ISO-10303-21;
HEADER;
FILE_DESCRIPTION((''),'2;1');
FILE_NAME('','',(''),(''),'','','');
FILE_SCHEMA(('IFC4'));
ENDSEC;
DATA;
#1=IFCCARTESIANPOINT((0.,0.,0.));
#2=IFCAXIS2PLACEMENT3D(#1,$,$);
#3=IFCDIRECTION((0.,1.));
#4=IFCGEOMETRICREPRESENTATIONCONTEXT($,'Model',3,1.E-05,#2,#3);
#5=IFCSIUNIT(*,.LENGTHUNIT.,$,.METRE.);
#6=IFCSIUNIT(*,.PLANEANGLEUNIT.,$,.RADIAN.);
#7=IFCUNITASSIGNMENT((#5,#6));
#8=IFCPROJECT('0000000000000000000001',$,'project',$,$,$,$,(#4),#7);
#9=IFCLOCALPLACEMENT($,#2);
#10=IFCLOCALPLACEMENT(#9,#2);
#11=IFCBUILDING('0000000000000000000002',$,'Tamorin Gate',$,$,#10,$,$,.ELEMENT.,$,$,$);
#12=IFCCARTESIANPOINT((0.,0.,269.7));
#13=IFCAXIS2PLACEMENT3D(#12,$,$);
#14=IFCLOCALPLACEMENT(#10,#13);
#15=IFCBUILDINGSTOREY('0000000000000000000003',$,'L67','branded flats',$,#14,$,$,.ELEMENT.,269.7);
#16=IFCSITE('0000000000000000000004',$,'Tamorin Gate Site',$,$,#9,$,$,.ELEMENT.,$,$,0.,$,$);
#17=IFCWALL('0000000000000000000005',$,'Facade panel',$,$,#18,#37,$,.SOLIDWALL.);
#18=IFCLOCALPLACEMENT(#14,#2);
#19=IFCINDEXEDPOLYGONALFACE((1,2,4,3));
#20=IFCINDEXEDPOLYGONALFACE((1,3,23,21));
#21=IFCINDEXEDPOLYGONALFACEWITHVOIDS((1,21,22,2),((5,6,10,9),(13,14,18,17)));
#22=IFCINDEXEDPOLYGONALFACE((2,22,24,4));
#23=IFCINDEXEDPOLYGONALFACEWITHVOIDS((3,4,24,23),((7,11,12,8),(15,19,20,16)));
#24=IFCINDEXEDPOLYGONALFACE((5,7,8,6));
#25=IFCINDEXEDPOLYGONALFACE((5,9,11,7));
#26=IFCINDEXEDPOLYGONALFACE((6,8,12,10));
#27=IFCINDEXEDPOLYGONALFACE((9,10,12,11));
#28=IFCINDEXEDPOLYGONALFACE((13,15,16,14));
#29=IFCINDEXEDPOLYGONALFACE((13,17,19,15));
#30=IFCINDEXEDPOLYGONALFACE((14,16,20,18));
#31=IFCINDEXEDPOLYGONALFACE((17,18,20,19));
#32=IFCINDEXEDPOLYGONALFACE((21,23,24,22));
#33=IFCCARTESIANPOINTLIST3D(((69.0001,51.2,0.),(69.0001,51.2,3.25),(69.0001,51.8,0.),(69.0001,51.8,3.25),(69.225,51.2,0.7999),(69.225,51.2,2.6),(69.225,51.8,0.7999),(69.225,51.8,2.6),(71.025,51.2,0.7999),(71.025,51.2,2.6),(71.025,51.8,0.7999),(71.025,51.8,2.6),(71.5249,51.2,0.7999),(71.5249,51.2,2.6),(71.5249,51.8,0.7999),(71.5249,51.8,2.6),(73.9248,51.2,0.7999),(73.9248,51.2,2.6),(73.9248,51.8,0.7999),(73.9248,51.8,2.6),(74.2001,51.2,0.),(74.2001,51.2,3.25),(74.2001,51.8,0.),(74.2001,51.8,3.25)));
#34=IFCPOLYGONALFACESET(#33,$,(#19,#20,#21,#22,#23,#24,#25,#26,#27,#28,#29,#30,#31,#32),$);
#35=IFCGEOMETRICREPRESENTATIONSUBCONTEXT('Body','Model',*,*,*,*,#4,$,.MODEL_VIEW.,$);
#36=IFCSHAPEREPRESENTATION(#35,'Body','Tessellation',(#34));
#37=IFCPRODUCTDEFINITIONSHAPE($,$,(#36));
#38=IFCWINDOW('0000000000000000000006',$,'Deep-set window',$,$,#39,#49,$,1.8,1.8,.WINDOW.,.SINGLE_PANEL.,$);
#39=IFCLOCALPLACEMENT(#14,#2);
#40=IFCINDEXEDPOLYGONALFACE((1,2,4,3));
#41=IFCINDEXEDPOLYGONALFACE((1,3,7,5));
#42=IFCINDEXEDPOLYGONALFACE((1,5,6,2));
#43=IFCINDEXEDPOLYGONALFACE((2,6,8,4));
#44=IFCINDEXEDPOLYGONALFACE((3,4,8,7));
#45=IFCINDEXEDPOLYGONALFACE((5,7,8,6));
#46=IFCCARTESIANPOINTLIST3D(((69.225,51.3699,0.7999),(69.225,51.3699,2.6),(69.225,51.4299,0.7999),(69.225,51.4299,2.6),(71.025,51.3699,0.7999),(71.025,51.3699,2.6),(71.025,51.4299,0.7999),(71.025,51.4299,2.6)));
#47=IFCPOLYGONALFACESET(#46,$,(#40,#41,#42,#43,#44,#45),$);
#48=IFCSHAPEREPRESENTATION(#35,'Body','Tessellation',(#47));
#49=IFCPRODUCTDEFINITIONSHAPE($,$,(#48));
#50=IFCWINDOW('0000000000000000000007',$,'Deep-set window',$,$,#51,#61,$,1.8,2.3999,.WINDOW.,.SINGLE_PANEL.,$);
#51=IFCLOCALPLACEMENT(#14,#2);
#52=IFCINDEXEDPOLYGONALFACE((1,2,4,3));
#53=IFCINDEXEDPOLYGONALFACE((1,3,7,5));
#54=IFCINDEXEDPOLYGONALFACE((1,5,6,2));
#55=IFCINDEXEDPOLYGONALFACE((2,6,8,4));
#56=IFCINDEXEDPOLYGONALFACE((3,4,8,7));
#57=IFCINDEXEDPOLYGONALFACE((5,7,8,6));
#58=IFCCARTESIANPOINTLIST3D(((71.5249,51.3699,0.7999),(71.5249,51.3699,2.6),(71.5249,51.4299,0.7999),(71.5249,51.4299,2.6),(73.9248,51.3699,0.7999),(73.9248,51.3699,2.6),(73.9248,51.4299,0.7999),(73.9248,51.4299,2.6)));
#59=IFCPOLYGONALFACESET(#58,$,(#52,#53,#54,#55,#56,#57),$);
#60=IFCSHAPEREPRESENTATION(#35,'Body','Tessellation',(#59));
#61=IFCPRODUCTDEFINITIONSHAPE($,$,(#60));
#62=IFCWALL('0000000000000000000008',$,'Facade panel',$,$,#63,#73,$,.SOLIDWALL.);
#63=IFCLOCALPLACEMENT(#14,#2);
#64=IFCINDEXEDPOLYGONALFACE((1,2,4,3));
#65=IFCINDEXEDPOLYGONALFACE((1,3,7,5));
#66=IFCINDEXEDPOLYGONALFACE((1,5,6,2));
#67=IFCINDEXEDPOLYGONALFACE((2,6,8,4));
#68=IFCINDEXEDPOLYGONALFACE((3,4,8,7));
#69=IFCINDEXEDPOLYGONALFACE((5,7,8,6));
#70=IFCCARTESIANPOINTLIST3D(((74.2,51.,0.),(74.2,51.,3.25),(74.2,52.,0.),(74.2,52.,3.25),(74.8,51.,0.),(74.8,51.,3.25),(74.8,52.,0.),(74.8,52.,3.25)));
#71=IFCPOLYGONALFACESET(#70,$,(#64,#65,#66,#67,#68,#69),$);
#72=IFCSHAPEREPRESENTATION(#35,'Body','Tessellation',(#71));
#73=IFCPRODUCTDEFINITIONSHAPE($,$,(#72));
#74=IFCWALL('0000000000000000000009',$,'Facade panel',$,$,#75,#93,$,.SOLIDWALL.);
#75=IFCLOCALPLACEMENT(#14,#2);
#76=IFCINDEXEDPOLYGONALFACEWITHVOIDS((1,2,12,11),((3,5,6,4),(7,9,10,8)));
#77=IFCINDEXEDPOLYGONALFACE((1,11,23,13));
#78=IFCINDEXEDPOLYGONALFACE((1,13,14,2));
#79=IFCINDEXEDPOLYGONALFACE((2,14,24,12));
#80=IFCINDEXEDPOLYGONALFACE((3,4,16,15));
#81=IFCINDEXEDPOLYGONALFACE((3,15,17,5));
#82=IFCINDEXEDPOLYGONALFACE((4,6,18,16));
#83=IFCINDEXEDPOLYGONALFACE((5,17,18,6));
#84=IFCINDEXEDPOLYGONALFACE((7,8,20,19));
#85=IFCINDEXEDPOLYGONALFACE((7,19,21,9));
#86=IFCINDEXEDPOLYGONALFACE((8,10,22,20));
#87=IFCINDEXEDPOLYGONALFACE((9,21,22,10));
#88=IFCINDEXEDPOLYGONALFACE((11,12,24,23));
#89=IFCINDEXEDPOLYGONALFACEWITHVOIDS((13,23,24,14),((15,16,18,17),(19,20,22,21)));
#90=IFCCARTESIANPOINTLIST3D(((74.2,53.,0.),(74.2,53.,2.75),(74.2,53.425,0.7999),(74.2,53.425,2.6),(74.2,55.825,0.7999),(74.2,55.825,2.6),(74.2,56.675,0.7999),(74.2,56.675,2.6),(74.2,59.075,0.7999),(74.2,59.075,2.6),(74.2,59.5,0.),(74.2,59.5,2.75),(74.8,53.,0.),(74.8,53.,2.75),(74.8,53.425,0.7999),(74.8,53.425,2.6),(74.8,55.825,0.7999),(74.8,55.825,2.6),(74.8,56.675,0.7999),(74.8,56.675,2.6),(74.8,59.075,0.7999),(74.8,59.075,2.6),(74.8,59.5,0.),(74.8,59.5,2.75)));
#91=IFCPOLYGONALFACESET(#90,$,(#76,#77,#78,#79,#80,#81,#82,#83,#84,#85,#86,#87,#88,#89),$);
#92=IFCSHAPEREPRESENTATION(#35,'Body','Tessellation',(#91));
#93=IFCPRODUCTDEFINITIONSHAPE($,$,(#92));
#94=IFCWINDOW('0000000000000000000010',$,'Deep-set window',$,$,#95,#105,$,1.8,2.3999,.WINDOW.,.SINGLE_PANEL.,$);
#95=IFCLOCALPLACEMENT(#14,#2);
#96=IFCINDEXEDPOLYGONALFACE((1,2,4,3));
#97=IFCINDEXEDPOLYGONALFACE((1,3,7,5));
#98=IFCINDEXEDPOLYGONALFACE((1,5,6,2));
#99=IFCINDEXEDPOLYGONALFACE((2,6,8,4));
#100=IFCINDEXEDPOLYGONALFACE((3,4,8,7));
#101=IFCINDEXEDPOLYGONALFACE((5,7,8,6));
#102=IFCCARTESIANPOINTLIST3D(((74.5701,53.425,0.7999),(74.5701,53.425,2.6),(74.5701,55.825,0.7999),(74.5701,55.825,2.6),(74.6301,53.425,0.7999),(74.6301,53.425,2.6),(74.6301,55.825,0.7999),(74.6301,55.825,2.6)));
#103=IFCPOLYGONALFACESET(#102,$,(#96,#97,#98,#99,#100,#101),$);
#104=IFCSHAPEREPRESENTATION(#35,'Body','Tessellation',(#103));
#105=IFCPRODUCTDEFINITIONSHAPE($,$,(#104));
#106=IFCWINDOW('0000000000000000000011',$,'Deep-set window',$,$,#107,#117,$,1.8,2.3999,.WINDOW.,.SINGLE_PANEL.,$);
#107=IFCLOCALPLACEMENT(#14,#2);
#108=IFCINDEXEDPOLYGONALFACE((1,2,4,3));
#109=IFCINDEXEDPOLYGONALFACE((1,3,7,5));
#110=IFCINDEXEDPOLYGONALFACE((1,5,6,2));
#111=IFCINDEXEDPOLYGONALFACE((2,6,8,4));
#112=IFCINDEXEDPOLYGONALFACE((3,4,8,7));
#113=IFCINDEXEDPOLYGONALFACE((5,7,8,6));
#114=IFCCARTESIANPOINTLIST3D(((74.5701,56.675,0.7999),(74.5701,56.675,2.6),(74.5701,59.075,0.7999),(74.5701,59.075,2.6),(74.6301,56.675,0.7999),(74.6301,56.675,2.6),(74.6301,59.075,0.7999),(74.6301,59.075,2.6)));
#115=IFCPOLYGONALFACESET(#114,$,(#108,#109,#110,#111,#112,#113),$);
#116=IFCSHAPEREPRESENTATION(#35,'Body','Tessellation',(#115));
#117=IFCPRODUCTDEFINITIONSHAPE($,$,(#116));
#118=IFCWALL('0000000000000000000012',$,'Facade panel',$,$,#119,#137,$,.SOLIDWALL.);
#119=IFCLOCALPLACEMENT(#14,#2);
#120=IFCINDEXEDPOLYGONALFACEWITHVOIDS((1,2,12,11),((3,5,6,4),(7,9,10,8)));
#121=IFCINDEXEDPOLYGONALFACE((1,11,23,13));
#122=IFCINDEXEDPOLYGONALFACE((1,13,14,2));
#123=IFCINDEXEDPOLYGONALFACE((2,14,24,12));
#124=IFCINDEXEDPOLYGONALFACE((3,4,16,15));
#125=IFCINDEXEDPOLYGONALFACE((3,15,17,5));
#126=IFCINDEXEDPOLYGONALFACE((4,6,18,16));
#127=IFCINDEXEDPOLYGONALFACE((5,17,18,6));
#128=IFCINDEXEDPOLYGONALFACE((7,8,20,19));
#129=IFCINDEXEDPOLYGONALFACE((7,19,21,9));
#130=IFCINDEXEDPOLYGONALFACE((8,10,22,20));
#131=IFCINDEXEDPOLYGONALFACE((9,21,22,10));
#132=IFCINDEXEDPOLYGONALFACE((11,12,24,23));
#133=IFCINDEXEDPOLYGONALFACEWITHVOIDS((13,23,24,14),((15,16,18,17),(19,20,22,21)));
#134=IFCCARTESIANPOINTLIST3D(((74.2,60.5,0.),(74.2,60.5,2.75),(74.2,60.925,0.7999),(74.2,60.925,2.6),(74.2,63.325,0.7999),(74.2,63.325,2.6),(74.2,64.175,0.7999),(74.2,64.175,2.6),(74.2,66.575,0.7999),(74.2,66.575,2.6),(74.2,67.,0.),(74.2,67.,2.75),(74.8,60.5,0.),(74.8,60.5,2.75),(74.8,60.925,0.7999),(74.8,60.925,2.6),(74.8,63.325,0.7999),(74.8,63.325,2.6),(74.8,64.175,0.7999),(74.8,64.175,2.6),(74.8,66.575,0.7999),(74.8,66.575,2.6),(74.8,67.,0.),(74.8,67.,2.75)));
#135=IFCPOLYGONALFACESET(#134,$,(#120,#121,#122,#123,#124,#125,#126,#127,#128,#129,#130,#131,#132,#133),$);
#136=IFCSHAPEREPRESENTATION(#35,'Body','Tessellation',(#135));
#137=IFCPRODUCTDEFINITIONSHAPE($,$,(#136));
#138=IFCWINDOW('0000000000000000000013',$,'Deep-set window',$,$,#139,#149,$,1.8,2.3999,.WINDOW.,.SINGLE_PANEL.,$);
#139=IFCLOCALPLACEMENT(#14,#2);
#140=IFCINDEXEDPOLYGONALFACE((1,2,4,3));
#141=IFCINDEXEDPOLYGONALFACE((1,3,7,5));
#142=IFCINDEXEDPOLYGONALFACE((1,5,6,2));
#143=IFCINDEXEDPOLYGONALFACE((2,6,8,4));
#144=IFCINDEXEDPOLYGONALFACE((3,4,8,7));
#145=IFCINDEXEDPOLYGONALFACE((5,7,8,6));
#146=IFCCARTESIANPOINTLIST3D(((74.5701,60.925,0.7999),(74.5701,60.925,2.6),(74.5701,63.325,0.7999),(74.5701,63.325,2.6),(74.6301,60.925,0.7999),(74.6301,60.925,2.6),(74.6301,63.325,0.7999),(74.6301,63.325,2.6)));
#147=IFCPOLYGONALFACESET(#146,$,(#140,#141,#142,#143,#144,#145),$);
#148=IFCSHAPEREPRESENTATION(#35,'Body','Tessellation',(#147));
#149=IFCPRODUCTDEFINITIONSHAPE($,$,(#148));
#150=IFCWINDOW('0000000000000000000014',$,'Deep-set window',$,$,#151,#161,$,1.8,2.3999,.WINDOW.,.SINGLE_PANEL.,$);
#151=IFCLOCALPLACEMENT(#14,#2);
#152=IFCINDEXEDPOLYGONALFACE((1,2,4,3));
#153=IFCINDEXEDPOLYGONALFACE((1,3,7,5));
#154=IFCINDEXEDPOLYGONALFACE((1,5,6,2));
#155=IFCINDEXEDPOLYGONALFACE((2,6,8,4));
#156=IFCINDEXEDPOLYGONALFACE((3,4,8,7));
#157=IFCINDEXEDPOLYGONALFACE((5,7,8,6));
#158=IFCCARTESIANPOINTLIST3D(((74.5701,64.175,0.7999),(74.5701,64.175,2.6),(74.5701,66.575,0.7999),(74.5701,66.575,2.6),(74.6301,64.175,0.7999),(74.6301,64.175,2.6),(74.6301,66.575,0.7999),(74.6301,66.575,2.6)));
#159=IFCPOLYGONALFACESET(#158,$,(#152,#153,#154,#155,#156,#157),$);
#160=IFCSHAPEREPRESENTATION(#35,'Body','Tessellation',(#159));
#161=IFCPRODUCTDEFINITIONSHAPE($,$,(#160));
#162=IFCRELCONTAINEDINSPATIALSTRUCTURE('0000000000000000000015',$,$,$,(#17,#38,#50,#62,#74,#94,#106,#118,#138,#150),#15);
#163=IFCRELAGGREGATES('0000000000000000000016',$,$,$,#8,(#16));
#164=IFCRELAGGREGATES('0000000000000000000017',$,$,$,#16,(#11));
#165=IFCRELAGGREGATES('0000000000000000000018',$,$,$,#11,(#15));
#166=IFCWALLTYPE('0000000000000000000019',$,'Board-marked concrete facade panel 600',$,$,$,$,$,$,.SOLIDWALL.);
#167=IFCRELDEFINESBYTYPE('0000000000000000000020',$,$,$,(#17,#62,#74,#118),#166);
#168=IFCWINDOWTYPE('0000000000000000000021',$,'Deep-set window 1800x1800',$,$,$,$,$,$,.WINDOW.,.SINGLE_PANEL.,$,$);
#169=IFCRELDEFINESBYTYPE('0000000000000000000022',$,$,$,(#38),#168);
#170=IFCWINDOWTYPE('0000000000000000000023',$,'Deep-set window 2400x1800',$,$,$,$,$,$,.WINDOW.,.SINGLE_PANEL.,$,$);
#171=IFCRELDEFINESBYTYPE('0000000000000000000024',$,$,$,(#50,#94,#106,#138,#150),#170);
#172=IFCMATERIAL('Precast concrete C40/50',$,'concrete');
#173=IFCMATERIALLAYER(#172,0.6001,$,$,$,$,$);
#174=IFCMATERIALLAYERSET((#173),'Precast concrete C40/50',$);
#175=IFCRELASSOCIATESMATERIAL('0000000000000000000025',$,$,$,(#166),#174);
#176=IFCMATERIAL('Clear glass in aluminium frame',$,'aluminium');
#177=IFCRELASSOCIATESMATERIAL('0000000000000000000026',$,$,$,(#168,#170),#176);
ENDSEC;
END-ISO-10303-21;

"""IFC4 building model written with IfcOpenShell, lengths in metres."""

from ifc_helpers import new_model, si_unit, direction, frame, frame_2d, origin, place, context, subcontext, project, spatial, rectangle, extrude, material, layer, layer_set, type_object, element, fill, save


model = new_model("IFC4")

# Units and contexts
model_context = context("Model", 3, precision=1e-05, world=origin(), true_north=direction((0.0, 1.0)))
body_context = subcontext(model_context, "Body", "Model", "MODEL_VIEW")
ifc_project = project(units=[si_unit("LENGTHUNIT", "METRE"), si_unit("PLANEANGLEUNIT", "RADIAN")], contexts=[model_context])

# Site, building, storey
site_placement = place(None, origin())
site = spatial("IfcSite", under=ifc_project, at=site_placement, Name="Tamorin Gate Site", CompositionType="ELEMENT", RefElevation=0.0)
building_placement = place(site_placement, origin())
building = spatial("IfcBuilding", under=site, at=building_placement, Name="Tamorin Gate", CompositionType="ELEMENT")
storey_placement = place(building_placement, frame((0.0, 0.0, 269.7)))
storey = spatial("IfcBuildingStorey", under=building, at=storey_placement, Name="L67", Description="branded flats", CompositionType="ELEMENT", Elevation=269.7)

# Shared definitions
ifc_material_1 = material(Name="Precast concrete C40/50", Category="concrete")
ifc_layer = layer(ifc_material_1, 0.6001)
ifc_layer_set = layer_set([ifc_layer], Name="Precast concrete C40/50")
wall_type = type_object("IfcWallType", Name="Board-marked concrete facade panel 600", PredefinedType="SOLIDWALL", material=ifc_layer_set)

# Wall, openings, windows
ifc_material_2 = material(Name="Clear glass in aluminium frame", Category="aluminium")
window_type_1 = type_object("IfcWindowType", Name="Deep-set window 1800x1800", PartitioningType="SINGLE_PANEL", PredefinedType="WINDOW", material=ifc_material_2)
window_type_2 = type_object("IfcWindowType", Name="Deep-set window 2400x1800", PartitioningType="SINGLE_PANEL", PredefinedType="WINDOW", material=ifc_material_2)
wall_1_placement = place(storey_placement, frame((69.0, 51.5, 0.0), z_axis=(0.0, 0.0, 1.0), x_axis=(1.0, 0.0, 0.0)))
wall_1 = element("IfcWall", 1, at=wall_1_placement, inside=storey, type_object=wall_type, Name="Facade panel", PredefinedType="SOLIDWALL", context=body_context, shape_type="SweptSolid", body=[
    extrude(rectangle(XDim=5.2, YDim=0.6001, at=frame_2d((2.6001, 0.0))), origin(), (0.0, 0.0, 1.0), 3.25),
])
opening_1_placement = place(wall_1_placement, frame((0.2251, 0.0, 0.8)))
opening_1 = element("IfcOpeningElement", 2, at=opening_1_placement, cuts=wall_1, PredefinedType="OPENING", context=body_context, shape_type="SweptSolid", body=[
    extrude(rectangle(XDim=1.8, YDim=1.8, at=frame_2d((0.8999, 0.8999))), frame((0.0, 0.3101, 0.0), z_axis=(0.0, -1.0, 0.0), x_axis=(1.0, 0.0, 0.0)), (0.0, 0.0, 1.0), 0.6201),
])
opening_2_placement = place(wall_1_placement, frame((2.5249, 0.0, 0.8)))
opening_2 = element("IfcOpeningElement", 3, at=opening_2_placement, cuts=wall_1, PredefinedType="OPENING", context=body_context, shape_type="SweptSolid", body=[
    extrude(rectangle(XDim=2.3999, YDim=1.8, at=frame_2d((1.2, 0.8999))), frame((0.0, 0.3101, 0.0), z_axis=(0.0, -1.0, 0.0), x_axis=(1.0, 0.0, 0.0)), (0.0, 0.0, 1.0), 0.6201),
])
window_1_placement = place(opening_1_placement, origin())
window_1 = element("IfcWindow", 4, at=window_1_placement, inside=storey, type_object=window_type_1, Name="Deep-set window", OverallHeight=1.8, OverallWidth=1.8, PartitioningType="SINGLE_PANEL", PredefinedType="WINDOW", context=body_context, shape_type="SweptSolid", body=[
    extrude(rectangle(XDim=1.8, YDim=1.8, at=frame_2d((0.8999, 0.8999))), frame((0.0, -0.0701, 0.0), z_axis=(0.0, -1.0, 0.0), x_axis=(1.0, 0.0, 0.0)), (0.0, 0.0, 1.0), 0.0601),
])
fill(opening_1, window_1)
window_2_placement = place(opening_2_placement, origin())
window_2 = element("IfcWindow", 5, at=window_2_placement, inside=storey, type_object=window_type_2, Name="Deep-set window", OverallHeight=1.8, OverallWidth=2.3999, PartitioningType="SINGLE_PANEL", PredefinedType="WINDOW", context=body_context, shape_type="SweptSolid", body=[
    extrude(rectangle(XDim=2.3999, YDim=1.8, at=frame_2d((1.2, 0.8999))), frame((0.0, -0.0701, 0.0), z_axis=(0.0, -1.0, 0.0), x_axis=(1.0, 0.0, 0.0)), (0.0, 0.0, 1.0), 0.0601),
])
fill(opening_2, window_2)

# Wall
wall_2_placement = place(storey_placement, frame((74.5, 51.0, 0.0), z_axis=(0.0, 0.0, 1.0), x_axis=(0.0, 1.0, 0.0)))
element("IfcWall", 6, at=wall_2_placement, inside=storey, type_object=wall_type, Name="Facade panel", PredefinedType="SOLIDWALL", context=body_context, shape_type="SweptSolid", body=[
    extrude(rectangle(XDim=1.0, YDim=0.6001, at=frame_2d((0.5, 0.0))), origin(), (0.0, 0.0, 1.0), 3.25),
])

# Walls, openings, windows
wall_3_placement = place(storey_placement, frame((74.5, 53.0, 0.0), z_axis=(0.0, 0.0, 1.0), x_axis=(0.0, 1.0, 0.0)))
wall_3 = element("IfcWall", 7, at=wall_3_placement, inside=storey, type_object=wall_type, Name="Facade panel", PredefinedType="SOLIDWALL", context=body_context, shape_type="SweptSolid", body=[
    extrude(rectangle(XDim=6.5, YDim=0.6001, at=frame_2d((3.25, 0.0))), origin(), (0.0, 0.0, 1.0), 2.75),
])
opening_3_placement = place(wall_3_placement, frame((0.425, 0.0, 0.8)))
opening_3 = element("IfcOpeningElement", 8, at=opening_3_placement, cuts=wall_3, PredefinedType="OPENING", context=body_context, shape_type="SweptSolid", body=[
    extrude(rectangle(XDim=2.3999, YDim=1.8, at=frame_2d((1.2, 0.8999))), frame((0.0, 0.3101, 0.0), z_axis=(0.0, -1.0, 0.0), x_axis=(1.0, 0.0, 0.0)), (0.0, 0.0, 1.0), 0.6201),
])
opening_4_placement = place(wall_3_placement, frame((3.675, 0.0, 0.8)))
opening_4 = element("IfcOpeningElement", 9, at=opening_4_placement, cuts=wall_3, PredefinedType="OPENING", context=body_context, shape_type="SweptSolid", body=[
    extrude(rectangle(XDim=2.3999, YDim=1.8, at=frame_2d((1.2, 0.8999))), frame((0.0, 0.3101, 0.0), z_axis=(0.0, -1.0, 0.0), x_axis=(1.0, 0.0, 0.0)), (0.0, 0.0, 1.0), 0.6201),
])
window_3_placement = place(opening_3_placement, origin())
window_3 = element("IfcWindow", 10, at=window_3_placement, inside=storey, type_object=window_type_2, Name="Deep-set window", OverallHeight=1.8, OverallWidth=2.3999, PartitioningType="SINGLE_PANEL", PredefinedType="WINDOW", context=body_context, shape_type="SweptSolid", body=[
    extrude(rectangle(XDim=2.3999, YDim=1.8, at=frame_2d((1.2, 0.8999))), frame((0.0, -0.0701, 0.0), z_axis=(0.0, -1.0, 0.0), x_axis=(1.0, 0.0, 0.0)), (0.0, 0.0, 1.0), 0.0601),
])
fill(opening_3, window_3)
window_4_placement = place(opening_4_placement, origin())
window_4 = element("IfcWindow", 11, at=window_4_placement, inside=storey, type_object=window_type_2, Name="Deep-set window", OverallHeight=1.8, OverallWidth=2.3999, PartitioningType="SINGLE_PANEL", PredefinedType="WINDOW", context=body_context, shape_type="SweptSolid", body=[
    extrude(rectangle(XDim=2.3999, YDim=1.8, at=frame_2d((1.2, 0.8999))), frame((0.0, -0.0701, 0.0), z_axis=(0.0, -1.0, 0.0), x_axis=(1.0, 0.0, 0.0)), (0.0, 0.0, 1.0), 0.0601),
])
fill(opening_4, window_4)
wall_4_placement = place(storey_placement, frame((74.5, 60.5, 0.0), z_axis=(0.0, 0.0, 1.0), x_axis=(0.0, 1.0, 0.0)))
wall_4 = element("IfcWall", 12, at=wall_4_placement, inside=storey, type_object=wall_type, Name="Facade panel", PredefinedType="SOLIDWALL", context=body_context, shape_type="SweptSolid", body=[
    extrude(rectangle(XDim=6.5, YDim=0.6001, at=frame_2d((3.25, 0.0))), origin(), (0.0, 0.0, 1.0), 2.75),
])
opening_5_placement = place(wall_4_placement, frame((0.425, 0.0, 0.8)))
opening_5 = element("IfcOpeningElement", 13, at=opening_5_placement, cuts=wall_4, PredefinedType="OPENING", context=body_context, shape_type="SweptSolid", body=[
    extrude(rectangle(XDim=2.3999, YDim=1.8, at=frame_2d((1.2, 0.8999))), frame((0.0, 0.3101, 0.0), z_axis=(0.0, -1.0, 0.0), x_axis=(1.0, 0.0, 0.0)), (0.0, 0.0, 1.0), 0.6201),
])
opening_6_placement = place(wall_4_placement, frame((3.675, 0.0, 0.8)))
opening_6 = element("IfcOpeningElement", 14, at=opening_6_placement, cuts=wall_4, PredefinedType="OPENING", context=body_context, shape_type="SweptSolid", body=[
    extrude(rectangle(XDim=2.3999, YDim=1.8, at=frame_2d((1.2, 0.8999))), frame((0.0, 0.3101, 0.0), z_axis=(0.0, -1.0, 0.0), x_axis=(1.0, 0.0, 0.0)), (0.0, 0.0, 1.0), 0.6201),
])
window_5_placement = place(opening_5_placement, origin())
window_5 = element("IfcWindow", 15, at=window_5_placement, inside=storey, type_object=window_type_2, Name="Deep-set window", OverallHeight=1.8, OverallWidth=2.3999, PartitioningType="SINGLE_PANEL", PredefinedType="WINDOW", context=body_context, shape_type="SweptSolid", body=[
    extrude(rectangle(XDim=2.3999, YDim=1.8, at=frame_2d((1.2, 0.8999))), frame((0.0, -0.0701, 0.0), z_axis=(0.0, -1.0, 0.0), x_axis=(1.0, 0.0, 0.0)), (0.0, 0.0, 1.0), 0.0601),
])
fill(opening_5, window_5)
window_6_placement = place(opening_6_placement, origin())
window_6 = element("IfcWindow", 16, at=window_6_placement, inside=storey, type_object=window_type_2, Name="Deep-set window", OverallHeight=1.8, OverallWidth=2.3999, PartitioningType="SINGLE_PANEL", PredefinedType="WINDOW", context=body_context, shape_type="SweptSolid", body=[
    extrude(rectangle(XDim=2.3999, YDim=1.8, at=frame_2d((1.2, 0.8999))), frame((0.0, -0.0701, 0.0), z_axis=(0.0, -1.0, 0.0), x_axis=(1.0, 0.0, 0.0)), (0.0, 0.0, 1.0), 0.0601),
])
fill(opening_6, window_6)

save(model, "model.ifc")
